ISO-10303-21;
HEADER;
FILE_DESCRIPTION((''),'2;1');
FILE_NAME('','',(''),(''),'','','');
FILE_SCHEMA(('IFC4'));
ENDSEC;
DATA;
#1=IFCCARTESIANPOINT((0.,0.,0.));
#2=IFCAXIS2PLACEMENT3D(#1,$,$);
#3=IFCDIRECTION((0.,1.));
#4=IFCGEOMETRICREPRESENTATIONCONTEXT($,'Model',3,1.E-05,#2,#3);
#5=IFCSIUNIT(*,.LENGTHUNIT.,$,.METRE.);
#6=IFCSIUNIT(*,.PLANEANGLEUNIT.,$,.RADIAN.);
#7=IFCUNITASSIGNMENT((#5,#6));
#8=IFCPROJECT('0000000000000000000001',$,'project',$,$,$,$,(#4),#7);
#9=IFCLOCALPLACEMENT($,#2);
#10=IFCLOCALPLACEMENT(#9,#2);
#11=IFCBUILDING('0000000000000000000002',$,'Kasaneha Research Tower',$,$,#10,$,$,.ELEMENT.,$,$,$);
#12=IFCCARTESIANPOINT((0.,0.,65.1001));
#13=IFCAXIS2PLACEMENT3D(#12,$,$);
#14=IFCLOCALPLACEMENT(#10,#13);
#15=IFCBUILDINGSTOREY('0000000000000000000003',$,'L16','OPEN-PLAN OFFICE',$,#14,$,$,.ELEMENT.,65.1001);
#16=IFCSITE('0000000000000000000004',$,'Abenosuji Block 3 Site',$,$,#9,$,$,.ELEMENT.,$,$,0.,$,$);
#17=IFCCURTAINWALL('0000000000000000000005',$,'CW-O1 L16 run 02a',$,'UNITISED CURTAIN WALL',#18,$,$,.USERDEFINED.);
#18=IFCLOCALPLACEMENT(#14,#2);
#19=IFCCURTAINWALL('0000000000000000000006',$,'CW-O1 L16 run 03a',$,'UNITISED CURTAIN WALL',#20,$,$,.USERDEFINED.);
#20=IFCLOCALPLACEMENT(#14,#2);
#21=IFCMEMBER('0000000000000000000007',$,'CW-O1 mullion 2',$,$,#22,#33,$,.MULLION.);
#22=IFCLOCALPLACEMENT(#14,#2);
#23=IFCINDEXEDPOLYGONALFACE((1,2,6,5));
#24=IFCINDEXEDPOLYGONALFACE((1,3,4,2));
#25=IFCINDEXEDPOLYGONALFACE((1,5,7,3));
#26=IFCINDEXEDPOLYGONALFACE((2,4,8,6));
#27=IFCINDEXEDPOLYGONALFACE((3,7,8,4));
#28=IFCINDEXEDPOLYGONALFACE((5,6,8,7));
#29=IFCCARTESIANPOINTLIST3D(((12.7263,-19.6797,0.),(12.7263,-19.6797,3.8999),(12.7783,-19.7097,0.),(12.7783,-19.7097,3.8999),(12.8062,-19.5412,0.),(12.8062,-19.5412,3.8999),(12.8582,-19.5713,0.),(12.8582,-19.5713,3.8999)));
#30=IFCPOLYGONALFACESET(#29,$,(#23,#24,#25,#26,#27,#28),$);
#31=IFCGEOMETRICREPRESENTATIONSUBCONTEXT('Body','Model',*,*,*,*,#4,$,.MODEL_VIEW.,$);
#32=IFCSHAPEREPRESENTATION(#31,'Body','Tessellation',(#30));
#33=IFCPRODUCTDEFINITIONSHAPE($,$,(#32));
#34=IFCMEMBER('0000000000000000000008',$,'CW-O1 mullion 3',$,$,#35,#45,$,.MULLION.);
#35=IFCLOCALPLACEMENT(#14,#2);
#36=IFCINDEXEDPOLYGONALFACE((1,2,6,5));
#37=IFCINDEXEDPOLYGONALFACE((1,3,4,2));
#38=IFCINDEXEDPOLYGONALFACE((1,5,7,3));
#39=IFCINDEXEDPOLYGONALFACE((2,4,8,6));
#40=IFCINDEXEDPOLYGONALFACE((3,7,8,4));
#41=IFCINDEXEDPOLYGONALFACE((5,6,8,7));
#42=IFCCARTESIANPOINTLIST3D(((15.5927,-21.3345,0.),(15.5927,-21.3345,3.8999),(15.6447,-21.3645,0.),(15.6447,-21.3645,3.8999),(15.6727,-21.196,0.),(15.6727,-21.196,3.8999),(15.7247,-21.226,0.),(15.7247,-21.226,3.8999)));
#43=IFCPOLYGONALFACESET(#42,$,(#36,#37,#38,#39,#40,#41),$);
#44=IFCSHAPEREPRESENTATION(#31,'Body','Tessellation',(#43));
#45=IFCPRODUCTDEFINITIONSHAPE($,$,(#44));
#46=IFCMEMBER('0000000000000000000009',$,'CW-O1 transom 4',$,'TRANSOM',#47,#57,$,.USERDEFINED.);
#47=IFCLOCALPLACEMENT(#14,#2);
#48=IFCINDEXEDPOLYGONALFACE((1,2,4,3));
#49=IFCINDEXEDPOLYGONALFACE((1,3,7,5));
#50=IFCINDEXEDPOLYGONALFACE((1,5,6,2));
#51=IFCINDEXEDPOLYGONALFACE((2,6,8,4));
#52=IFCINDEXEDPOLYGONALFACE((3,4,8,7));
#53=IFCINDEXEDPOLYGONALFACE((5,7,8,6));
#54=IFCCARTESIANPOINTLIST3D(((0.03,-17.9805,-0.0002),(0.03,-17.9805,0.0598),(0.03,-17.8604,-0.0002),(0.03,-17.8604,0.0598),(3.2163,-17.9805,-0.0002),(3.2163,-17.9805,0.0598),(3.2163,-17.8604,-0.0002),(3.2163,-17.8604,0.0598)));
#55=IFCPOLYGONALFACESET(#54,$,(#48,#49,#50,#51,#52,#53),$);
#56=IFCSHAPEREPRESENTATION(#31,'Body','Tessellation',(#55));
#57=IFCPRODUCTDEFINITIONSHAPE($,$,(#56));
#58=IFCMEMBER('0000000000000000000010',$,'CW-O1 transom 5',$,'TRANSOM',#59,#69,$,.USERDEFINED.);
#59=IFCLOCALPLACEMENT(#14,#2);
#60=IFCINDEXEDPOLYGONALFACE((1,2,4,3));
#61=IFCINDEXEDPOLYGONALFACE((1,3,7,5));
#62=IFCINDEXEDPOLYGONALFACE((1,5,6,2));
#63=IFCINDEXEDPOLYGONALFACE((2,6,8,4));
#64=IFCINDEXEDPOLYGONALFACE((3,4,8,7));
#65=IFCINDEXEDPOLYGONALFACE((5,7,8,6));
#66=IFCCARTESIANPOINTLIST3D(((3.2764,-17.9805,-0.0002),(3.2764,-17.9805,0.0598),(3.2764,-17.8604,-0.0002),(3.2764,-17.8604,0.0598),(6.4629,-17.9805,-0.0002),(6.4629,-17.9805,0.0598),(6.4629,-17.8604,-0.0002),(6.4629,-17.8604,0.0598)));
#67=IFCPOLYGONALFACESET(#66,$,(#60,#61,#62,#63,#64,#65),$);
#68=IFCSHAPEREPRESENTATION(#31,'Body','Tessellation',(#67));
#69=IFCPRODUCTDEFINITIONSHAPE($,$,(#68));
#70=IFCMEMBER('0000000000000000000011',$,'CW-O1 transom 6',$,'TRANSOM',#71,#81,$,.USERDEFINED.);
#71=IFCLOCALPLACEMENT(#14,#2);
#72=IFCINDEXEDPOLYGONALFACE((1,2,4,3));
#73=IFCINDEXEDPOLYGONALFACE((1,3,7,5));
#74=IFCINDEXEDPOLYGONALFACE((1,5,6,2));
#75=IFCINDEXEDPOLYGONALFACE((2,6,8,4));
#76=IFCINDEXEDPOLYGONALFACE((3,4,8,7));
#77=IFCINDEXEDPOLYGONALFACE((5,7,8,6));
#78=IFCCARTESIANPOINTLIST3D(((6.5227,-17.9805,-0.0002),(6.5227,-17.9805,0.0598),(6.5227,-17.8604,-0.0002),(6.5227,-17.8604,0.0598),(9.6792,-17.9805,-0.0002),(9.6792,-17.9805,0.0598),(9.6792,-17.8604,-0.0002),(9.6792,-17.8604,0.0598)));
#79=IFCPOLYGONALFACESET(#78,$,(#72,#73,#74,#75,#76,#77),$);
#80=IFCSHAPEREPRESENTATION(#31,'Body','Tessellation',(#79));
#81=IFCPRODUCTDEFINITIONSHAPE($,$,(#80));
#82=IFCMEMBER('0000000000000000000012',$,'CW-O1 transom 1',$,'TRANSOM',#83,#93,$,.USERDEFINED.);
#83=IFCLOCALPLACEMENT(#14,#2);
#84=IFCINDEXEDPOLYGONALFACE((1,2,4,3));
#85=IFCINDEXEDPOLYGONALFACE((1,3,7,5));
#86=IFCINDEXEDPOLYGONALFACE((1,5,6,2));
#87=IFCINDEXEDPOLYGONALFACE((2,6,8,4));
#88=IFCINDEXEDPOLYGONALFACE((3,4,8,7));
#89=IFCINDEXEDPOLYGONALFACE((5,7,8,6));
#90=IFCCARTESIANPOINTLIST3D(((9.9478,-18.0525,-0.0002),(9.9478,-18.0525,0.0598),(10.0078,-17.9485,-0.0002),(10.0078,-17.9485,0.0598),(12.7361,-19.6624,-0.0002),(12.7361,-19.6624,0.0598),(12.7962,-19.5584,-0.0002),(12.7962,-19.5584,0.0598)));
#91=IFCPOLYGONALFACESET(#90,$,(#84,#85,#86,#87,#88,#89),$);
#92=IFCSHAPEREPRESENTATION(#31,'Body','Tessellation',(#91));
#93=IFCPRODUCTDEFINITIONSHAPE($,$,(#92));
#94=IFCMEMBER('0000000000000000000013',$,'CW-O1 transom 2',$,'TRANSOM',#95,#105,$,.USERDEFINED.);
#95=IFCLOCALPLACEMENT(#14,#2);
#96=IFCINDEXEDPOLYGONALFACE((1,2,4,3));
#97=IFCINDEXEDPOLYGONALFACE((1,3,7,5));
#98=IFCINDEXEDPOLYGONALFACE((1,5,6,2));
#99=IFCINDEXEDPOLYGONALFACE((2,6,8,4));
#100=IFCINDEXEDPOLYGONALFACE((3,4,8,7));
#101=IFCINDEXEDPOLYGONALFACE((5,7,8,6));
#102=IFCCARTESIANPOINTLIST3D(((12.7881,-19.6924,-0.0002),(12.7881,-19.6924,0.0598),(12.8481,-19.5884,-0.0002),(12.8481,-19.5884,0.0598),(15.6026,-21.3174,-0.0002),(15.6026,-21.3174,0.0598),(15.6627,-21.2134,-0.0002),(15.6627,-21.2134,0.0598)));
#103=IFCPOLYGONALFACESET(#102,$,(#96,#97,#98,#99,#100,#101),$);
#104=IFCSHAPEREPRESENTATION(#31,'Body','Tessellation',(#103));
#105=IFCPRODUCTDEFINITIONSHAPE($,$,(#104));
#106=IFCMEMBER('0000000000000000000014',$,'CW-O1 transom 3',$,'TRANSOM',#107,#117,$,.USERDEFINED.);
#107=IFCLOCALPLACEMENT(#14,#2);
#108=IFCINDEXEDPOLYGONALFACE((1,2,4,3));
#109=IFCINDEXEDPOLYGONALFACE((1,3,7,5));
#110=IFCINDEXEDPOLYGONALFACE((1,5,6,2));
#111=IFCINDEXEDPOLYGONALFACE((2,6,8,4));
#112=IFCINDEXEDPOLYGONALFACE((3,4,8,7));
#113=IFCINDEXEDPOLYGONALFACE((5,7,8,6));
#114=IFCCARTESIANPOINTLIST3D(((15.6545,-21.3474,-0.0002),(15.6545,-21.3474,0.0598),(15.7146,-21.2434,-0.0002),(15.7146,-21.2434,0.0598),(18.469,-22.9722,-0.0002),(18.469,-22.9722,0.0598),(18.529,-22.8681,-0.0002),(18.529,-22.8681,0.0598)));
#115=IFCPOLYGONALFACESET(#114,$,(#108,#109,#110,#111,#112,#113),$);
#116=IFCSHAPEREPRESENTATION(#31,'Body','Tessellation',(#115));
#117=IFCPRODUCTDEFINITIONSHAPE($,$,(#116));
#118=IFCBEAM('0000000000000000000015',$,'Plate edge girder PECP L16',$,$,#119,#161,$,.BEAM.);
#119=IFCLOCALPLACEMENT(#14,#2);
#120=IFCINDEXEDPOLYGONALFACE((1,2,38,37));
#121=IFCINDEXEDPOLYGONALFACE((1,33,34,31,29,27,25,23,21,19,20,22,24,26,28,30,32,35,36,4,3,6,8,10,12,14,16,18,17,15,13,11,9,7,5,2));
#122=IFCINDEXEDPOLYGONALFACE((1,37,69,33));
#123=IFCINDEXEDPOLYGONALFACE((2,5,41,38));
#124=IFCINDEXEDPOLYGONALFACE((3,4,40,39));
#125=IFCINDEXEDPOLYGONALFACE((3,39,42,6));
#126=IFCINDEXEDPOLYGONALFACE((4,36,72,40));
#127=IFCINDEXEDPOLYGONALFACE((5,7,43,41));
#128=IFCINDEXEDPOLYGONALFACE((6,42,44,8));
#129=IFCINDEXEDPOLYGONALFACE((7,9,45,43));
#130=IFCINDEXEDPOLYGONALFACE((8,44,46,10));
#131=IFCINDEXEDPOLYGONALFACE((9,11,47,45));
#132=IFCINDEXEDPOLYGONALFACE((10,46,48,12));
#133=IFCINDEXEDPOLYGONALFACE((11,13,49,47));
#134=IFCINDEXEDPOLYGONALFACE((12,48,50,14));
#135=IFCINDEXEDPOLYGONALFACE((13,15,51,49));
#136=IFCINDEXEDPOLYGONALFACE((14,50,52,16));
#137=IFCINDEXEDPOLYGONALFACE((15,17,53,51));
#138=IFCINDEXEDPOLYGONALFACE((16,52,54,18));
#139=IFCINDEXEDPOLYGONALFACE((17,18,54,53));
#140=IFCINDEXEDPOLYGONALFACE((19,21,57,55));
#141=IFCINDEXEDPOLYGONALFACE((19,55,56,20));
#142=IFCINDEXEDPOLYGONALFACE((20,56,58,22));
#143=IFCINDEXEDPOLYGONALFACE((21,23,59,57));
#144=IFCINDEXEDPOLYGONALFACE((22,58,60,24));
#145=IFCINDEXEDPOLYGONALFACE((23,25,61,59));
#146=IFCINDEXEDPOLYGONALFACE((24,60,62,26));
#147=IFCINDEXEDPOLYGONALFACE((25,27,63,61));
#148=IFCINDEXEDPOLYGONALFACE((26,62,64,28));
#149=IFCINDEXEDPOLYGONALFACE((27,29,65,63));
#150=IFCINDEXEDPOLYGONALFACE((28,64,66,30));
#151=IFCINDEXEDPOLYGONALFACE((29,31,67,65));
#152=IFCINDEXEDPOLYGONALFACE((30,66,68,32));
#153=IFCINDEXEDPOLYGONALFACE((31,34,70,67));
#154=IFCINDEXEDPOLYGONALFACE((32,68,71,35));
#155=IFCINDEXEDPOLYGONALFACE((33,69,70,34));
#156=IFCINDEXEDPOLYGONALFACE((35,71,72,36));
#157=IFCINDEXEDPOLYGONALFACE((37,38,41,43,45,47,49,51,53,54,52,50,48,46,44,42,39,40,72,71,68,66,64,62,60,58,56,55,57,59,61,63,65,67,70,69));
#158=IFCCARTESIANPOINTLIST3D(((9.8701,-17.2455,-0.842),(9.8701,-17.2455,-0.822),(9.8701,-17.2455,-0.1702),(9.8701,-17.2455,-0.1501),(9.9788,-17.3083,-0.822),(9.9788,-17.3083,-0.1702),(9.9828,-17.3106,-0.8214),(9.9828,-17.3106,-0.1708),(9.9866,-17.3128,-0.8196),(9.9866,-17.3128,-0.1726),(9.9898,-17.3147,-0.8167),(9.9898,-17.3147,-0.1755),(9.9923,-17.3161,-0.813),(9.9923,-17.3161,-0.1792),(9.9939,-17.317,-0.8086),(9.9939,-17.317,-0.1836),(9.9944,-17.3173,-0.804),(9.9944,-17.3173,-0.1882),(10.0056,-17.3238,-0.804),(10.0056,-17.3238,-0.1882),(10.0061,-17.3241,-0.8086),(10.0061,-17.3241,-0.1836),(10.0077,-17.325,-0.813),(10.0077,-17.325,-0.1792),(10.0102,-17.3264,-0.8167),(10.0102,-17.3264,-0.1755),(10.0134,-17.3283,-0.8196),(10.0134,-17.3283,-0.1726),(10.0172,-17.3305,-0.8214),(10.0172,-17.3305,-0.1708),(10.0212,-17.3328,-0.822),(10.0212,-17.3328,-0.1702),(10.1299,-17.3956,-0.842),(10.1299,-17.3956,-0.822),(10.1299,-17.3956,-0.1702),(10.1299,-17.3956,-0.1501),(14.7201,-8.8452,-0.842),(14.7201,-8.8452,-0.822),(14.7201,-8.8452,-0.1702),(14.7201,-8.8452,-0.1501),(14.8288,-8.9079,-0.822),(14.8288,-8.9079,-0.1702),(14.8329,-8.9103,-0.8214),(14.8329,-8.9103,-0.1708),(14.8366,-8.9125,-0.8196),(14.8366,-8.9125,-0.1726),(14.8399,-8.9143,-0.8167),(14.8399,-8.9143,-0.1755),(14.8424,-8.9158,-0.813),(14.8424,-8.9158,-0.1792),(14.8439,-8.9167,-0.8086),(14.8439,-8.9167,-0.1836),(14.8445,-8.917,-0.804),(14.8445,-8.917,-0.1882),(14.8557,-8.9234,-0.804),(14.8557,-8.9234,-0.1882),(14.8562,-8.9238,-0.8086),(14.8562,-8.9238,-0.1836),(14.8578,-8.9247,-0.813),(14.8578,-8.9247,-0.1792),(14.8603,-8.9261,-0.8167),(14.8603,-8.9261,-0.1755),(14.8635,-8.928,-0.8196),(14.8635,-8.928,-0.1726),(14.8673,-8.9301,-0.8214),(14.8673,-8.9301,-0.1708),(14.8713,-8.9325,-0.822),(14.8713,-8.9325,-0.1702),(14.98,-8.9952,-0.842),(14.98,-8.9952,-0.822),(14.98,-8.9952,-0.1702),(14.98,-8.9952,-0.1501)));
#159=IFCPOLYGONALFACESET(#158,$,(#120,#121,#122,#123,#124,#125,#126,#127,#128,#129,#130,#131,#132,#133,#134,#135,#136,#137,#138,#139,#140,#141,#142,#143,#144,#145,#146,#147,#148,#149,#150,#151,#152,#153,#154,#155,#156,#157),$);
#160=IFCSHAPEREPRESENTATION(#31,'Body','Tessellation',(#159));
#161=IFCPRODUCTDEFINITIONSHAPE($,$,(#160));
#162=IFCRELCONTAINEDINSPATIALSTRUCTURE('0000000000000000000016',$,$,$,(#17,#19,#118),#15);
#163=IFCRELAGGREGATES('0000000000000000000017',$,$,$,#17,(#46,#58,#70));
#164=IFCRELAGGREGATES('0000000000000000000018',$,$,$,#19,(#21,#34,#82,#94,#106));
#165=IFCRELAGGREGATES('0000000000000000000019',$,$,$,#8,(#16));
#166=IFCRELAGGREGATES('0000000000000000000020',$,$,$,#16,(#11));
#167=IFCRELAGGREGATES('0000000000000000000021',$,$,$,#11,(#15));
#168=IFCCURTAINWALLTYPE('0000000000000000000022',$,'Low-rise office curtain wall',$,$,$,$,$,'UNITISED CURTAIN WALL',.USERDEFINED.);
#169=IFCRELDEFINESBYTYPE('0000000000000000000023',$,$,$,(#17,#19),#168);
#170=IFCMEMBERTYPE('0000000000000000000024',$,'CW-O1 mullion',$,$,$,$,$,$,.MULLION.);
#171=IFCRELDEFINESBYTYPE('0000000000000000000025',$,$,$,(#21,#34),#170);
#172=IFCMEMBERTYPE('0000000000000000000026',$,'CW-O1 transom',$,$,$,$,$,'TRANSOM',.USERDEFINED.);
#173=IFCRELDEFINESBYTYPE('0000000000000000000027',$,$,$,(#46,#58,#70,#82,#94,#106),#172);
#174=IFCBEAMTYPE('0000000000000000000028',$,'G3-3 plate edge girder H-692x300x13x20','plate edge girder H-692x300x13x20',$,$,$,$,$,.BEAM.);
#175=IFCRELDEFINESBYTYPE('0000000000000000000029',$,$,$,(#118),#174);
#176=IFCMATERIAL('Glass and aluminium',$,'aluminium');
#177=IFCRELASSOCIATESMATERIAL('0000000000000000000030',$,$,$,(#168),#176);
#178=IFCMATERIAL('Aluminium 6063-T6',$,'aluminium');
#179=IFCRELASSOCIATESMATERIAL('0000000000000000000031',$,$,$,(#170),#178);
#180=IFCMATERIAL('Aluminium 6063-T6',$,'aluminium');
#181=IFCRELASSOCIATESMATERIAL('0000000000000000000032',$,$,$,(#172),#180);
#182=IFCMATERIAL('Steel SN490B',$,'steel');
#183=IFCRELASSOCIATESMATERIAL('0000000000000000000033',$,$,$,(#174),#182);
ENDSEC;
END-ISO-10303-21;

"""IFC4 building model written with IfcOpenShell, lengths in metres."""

from ifc_helpers import new_model, si_unit, direction, frame, origin, origin_2d, place, context, subcontext, project, spatial, rectangle, i_section, extrude, material, material_profile, profile_set, type_object, element, aggregate, save


model = new_model("IFC4")

# Units and contexts
model_context = context("Model", 3, precision=1e-05, world=origin(), true_north=direction((0.0, 1.0)))
body_context = subcontext(model_context, "Body", "Model", "MODEL_VIEW")
ifc_project = project(units=[si_unit("LENGTHUNIT", "METRE"), si_unit("PLANEANGLEUNIT", "RADIAN")], contexts=[model_context])

# Site, building, storey
site_placement = place(None, origin())
site = spatial("IfcSite", under=ifc_project, at=site_placement, Name="Abenosuji Block 3 Site", CompositionType="ELEMENT", RefElevation=0.0)
building_placement = place(site_placement, origin())
building = spatial("IfcBuilding", under=site, at=building_placement, Name="Kasaneha Research Tower", CompositionType="ELEMENT")
storey_placement = place(building_placement, frame((0.0, 0.0, 65.1001)))
storey = spatial("IfcBuildingStorey", under=building, at=storey_placement, Name="L16", Description="OPEN-PLAN OFFICE", CompositionType="ELEMENT", Elevation=65.1001)

# Curtain walls, members
ifc_material_1 = material(Name="Glass and aluminium", Category="aluminium")
curtain_wall_type = type_object("IfcCurtainWallType", Name="Low-rise office curtain wall", ElementType="UNITISED CURTAIN WALL", PredefinedType="USERDEFINED", material=ifc_material_1)
curtain_wall_1_placement = place(storey_placement, origin())
curtain_wall_1 = element("IfcCurtainWall", 1, at=curtain_wall_1_placement, inside=storey, type_object=curtain_wall_type, Name="CW-O1 L16 run 02a", ObjectType="UNITISED CURTAIN WALL", PredefinedType="USERDEFINED")
ifc_material_2 = material(Name="Aluminium 6063-T6", Category="aluminium")
ifc_material_profile_1 = material_profile(ifc_material_2, rectangle(XDim=0.0601, YDim=0.1599, at=origin_2d()), Name="CW-O1 mullion 60x160")
ifc_profile_set_1 = profile_set([ifc_material_profile_1], Name="Aluminium 6063-T6")
member_type_1 = type_object("IfcMemberType", Name="CW-O1 mullion", PredefinedType="MULLION", material=ifc_profile_set_1)
curtain_wall_2_placement = place(storey_placement, origin())
curtain_wall_2 = element("IfcCurtainWall", 2, at=curtain_wall_2_placement, inside=storey, type_object=curtain_wall_type, Name="CW-O1 L16 run 03a", ObjectType="UNITISED CURTAIN WALL", PredefinedType="USERDEFINED")
member_1_placement = place(storey_placement, frame((12.7922, -19.6255, 0.0), z_axis=(0.0, 0.0, 1.0), x_axis=(0.866025, -0.5, 0.0)))
member_1 = element("IfcMember", 3, at=member_1_placement, type_object=member_type_1, Name="CW-O1 mullion 2", PredefinedType="MULLION", context=body_context, shape_type="SweptSolid", body=[
    extrude(rectangle(XDim=0.0601, YDim=0.1599, at=origin_2d()), origin(), (0.0, 0.0, 1.0), 3.8999),
])
member_2_placement = place(storey_placement, frame((15.6587, -21.2803, 0.0), z_axis=(0.0, 0.0, 1.0), x_axis=(0.866025, -0.5, 0.0)))
member_2 = element("IfcMember", 4, at=member_2_placement, type_object=member_type_1, Name="CW-O1 mullion 3", PredefinedType="MULLION", context=body_context, shape_type="SweptSolid", body=[
    extrude(rectangle(XDim=0.0601, YDim=0.1599, at=origin_2d()), origin(), (0.0, 0.0, 1.0), 3.8999),
])

# Members
ifc_material_3 = material(Name="Aluminium 6063-T6", Category="aluminium")
ifc_material_profile_2 = material_profile(ifc_material_3, rectangle(XDim=0.1201, YDim=0.0601, at=origin_2d()), Name="CW-O1 transom 120x60")
ifc_profile_set_2 = profile_set([ifc_material_profile_2], Name="Aluminium 6063-T6")
member_type_2 = type_object("IfcMemberType", Name="CW-O1 transom", ElementType="TRANSOM", PredefinedType="USERDEFINED", material=ifc_profile_set_2)
member_3_placement = place(storey_placement, frame((0.03, -17.9204, 0.0298), z_axis=(1.0, 0.0, 0.0), x_axis=(0.0, 1.0, 0.0)))
member_3 = element("IfcMember", 5, at=member_3_placement, type_object=member_type_2, Name="CW-O1 transom 4", ObjectType="TRANSOM", PredefinedType="USERDEFINED", context=body_context, shape_type="SweptSolid", body=[
    extrude(rectangle(XDim=0.1201, YDim=0.0601, at=origin_2d()), origin(), (0.0, 0.0, 1.0), 3.1863),
])
member_4_placement = place(storey_placement, frame((3.2764, -17.9204, 0.0298), z_axis=(1.0, 0.0, 0.0), x_axis=(0.0, 1.0, 0.0)))
member_4 = element("IfcMember", 6, at=member_4_placement, type_object=member_type_2, Name="CW-O1 transom 5", ObjectType="TRANSOM", PredefinedType="USERDEFINED", context=body_context, shape_type="SweptSolid", body=[
    extrude(rectangle(XDim=0.1201, YDim=0.0601, at=origin_2d()), origin(), (0.0, 0.0, 1.0), 3.1865),
])
member_5_placement = place(storey_placement, frame((6.5227, -17.9204, 0.0298), z_axis=(1.0, 0.0, 0.0), x_axis=(0.0, 1.0, 0.0)))
member_5 = element("IfcMember", 7, at=member_5_placement, type_object=member_type_2, Name="CW-O1 transom 6", ObjectType="TRANSOM", PredefinedType="USERDEFINED", context=body_context, shape_type="SweptSolid", body=[
    extrude(rectangle(XDim=0.1201, YDim=0.0601, at=origin_2d()), origin(), (0.0, 0.0, 1.0), 3.1565),
])
member_6_placement = place(storey_placement, frame((9.9778, -18.0005, 0.0298), z_axis=(0.866023, -0.500005, 0.0), x_axis=(0.500005, 0.866023, 0.0)))
member_6 = element("IfcMember", 8, at=member_6_placement, type_object=member_type_2, Name="CW-O1 transom 1", ObjectType="TRANSOM", PredefinedType="USERDEFINED", context=body_context, shape_type="SweptSolid", body=[
    extrude(rectangle(XDim=0.1201, YDim=0.0601, at=origin_2d()), origin(), (0.0, 0.0, 1.0), 3.2197),
])
member_7_placement = place(storey_placement, frame((12.8181, -19.6404, 0.0298), z_axis=(0.866015, -0.500017, 0.0), x_axis=(0.500017, 0.866015, 0.0)))
member_7 = element("IfcMember", 9, at=member_7_placement, type_object=member_type_2, Name="CW-O1 transom 2", ObjectType="TRANSOM", PredefinedType="USERDEFINED", context=body_context, shape_type="SweptSolid", body=[
    extrude(rectangle(XDim=0.1201, YDim=0.0601, at=origin_2d()), origin(), (0.0, 0.0, 1.0), 3.25),
])
member_8_placement = place(storey_placement, frame((15.6846, -21.2954, 0.0298), z_axis=(0.866048, -0.499961, 0.0), x_axis=(0.499961, 0.866048, 0.0)))
member_8 = element("IfcMember", 10, at=member_8_placement, type_object=member_type_2, Name="CW-O1 transom 3", ObjectType="TRANSOM", PredefinedType="USERDEFINED", context=body_context, shape_type="SweptSolid", body=[
    extrude(rectangle(XDim=0.1201, YDim=0.0601, at=origin_2d()), origin(), (0.0, 0.0, 1.0), 3.2498),
])

# Beam
ifc_material_4 = material(Name="Steel SN490B", Category="steel")
ifc_material_profile_3 = material_profile(ifc_material_4, i_section(OverallWidth=0.3, OverallDepth=0.6919, WebThickness=0.0129, FlangeThickness=0.02, FilletRadius=0.0181, at=origin_2d()), Name="H-692x300x13x20")
ifc_profile_set_3 = profile_set([ifc_material_profile_3], Name="Steel SN490B")
beam_type_1 = type_object("IfcBeamType", Name="G3-3 plate edge girder H-692x300x13x20", Description="plate edge girder H-692x300x13x20", PredefinedType="BEAM", material=ifc_profile_set_3)
beam_1_placement = place(storey_placement, frame((10.0, -17.3206, -0.4961), z_axis=(0.50001, 0.86602, 0.0), x_axis=(-0.86602, 0.50001, 0.0)))
element("IfcBeam", 11, at=beam_1_placement, inside=storey, type_object=beam_type_1, Name="Plate edge girder PECP L16", PredefinedType="BEAM", context=body_context, shape_type="SweptSolid", body=[
    extrude(i_section(OverallWidth=0.3, OverallDepth=0.6919, WebThickness=0.0129, FlangeThickness=0.02, FilletRadius=0.0181, at=origin_2d()), origin(), (0.0, 0.0, 1.0), 9.7),
])

aggregate(curtain_wall_1, [member_3, member_4, member_5])
aggregate(curtain_wall_2, [member_1, member_2, member_6, member_7, member_8])

save(model, "model.ifc")
